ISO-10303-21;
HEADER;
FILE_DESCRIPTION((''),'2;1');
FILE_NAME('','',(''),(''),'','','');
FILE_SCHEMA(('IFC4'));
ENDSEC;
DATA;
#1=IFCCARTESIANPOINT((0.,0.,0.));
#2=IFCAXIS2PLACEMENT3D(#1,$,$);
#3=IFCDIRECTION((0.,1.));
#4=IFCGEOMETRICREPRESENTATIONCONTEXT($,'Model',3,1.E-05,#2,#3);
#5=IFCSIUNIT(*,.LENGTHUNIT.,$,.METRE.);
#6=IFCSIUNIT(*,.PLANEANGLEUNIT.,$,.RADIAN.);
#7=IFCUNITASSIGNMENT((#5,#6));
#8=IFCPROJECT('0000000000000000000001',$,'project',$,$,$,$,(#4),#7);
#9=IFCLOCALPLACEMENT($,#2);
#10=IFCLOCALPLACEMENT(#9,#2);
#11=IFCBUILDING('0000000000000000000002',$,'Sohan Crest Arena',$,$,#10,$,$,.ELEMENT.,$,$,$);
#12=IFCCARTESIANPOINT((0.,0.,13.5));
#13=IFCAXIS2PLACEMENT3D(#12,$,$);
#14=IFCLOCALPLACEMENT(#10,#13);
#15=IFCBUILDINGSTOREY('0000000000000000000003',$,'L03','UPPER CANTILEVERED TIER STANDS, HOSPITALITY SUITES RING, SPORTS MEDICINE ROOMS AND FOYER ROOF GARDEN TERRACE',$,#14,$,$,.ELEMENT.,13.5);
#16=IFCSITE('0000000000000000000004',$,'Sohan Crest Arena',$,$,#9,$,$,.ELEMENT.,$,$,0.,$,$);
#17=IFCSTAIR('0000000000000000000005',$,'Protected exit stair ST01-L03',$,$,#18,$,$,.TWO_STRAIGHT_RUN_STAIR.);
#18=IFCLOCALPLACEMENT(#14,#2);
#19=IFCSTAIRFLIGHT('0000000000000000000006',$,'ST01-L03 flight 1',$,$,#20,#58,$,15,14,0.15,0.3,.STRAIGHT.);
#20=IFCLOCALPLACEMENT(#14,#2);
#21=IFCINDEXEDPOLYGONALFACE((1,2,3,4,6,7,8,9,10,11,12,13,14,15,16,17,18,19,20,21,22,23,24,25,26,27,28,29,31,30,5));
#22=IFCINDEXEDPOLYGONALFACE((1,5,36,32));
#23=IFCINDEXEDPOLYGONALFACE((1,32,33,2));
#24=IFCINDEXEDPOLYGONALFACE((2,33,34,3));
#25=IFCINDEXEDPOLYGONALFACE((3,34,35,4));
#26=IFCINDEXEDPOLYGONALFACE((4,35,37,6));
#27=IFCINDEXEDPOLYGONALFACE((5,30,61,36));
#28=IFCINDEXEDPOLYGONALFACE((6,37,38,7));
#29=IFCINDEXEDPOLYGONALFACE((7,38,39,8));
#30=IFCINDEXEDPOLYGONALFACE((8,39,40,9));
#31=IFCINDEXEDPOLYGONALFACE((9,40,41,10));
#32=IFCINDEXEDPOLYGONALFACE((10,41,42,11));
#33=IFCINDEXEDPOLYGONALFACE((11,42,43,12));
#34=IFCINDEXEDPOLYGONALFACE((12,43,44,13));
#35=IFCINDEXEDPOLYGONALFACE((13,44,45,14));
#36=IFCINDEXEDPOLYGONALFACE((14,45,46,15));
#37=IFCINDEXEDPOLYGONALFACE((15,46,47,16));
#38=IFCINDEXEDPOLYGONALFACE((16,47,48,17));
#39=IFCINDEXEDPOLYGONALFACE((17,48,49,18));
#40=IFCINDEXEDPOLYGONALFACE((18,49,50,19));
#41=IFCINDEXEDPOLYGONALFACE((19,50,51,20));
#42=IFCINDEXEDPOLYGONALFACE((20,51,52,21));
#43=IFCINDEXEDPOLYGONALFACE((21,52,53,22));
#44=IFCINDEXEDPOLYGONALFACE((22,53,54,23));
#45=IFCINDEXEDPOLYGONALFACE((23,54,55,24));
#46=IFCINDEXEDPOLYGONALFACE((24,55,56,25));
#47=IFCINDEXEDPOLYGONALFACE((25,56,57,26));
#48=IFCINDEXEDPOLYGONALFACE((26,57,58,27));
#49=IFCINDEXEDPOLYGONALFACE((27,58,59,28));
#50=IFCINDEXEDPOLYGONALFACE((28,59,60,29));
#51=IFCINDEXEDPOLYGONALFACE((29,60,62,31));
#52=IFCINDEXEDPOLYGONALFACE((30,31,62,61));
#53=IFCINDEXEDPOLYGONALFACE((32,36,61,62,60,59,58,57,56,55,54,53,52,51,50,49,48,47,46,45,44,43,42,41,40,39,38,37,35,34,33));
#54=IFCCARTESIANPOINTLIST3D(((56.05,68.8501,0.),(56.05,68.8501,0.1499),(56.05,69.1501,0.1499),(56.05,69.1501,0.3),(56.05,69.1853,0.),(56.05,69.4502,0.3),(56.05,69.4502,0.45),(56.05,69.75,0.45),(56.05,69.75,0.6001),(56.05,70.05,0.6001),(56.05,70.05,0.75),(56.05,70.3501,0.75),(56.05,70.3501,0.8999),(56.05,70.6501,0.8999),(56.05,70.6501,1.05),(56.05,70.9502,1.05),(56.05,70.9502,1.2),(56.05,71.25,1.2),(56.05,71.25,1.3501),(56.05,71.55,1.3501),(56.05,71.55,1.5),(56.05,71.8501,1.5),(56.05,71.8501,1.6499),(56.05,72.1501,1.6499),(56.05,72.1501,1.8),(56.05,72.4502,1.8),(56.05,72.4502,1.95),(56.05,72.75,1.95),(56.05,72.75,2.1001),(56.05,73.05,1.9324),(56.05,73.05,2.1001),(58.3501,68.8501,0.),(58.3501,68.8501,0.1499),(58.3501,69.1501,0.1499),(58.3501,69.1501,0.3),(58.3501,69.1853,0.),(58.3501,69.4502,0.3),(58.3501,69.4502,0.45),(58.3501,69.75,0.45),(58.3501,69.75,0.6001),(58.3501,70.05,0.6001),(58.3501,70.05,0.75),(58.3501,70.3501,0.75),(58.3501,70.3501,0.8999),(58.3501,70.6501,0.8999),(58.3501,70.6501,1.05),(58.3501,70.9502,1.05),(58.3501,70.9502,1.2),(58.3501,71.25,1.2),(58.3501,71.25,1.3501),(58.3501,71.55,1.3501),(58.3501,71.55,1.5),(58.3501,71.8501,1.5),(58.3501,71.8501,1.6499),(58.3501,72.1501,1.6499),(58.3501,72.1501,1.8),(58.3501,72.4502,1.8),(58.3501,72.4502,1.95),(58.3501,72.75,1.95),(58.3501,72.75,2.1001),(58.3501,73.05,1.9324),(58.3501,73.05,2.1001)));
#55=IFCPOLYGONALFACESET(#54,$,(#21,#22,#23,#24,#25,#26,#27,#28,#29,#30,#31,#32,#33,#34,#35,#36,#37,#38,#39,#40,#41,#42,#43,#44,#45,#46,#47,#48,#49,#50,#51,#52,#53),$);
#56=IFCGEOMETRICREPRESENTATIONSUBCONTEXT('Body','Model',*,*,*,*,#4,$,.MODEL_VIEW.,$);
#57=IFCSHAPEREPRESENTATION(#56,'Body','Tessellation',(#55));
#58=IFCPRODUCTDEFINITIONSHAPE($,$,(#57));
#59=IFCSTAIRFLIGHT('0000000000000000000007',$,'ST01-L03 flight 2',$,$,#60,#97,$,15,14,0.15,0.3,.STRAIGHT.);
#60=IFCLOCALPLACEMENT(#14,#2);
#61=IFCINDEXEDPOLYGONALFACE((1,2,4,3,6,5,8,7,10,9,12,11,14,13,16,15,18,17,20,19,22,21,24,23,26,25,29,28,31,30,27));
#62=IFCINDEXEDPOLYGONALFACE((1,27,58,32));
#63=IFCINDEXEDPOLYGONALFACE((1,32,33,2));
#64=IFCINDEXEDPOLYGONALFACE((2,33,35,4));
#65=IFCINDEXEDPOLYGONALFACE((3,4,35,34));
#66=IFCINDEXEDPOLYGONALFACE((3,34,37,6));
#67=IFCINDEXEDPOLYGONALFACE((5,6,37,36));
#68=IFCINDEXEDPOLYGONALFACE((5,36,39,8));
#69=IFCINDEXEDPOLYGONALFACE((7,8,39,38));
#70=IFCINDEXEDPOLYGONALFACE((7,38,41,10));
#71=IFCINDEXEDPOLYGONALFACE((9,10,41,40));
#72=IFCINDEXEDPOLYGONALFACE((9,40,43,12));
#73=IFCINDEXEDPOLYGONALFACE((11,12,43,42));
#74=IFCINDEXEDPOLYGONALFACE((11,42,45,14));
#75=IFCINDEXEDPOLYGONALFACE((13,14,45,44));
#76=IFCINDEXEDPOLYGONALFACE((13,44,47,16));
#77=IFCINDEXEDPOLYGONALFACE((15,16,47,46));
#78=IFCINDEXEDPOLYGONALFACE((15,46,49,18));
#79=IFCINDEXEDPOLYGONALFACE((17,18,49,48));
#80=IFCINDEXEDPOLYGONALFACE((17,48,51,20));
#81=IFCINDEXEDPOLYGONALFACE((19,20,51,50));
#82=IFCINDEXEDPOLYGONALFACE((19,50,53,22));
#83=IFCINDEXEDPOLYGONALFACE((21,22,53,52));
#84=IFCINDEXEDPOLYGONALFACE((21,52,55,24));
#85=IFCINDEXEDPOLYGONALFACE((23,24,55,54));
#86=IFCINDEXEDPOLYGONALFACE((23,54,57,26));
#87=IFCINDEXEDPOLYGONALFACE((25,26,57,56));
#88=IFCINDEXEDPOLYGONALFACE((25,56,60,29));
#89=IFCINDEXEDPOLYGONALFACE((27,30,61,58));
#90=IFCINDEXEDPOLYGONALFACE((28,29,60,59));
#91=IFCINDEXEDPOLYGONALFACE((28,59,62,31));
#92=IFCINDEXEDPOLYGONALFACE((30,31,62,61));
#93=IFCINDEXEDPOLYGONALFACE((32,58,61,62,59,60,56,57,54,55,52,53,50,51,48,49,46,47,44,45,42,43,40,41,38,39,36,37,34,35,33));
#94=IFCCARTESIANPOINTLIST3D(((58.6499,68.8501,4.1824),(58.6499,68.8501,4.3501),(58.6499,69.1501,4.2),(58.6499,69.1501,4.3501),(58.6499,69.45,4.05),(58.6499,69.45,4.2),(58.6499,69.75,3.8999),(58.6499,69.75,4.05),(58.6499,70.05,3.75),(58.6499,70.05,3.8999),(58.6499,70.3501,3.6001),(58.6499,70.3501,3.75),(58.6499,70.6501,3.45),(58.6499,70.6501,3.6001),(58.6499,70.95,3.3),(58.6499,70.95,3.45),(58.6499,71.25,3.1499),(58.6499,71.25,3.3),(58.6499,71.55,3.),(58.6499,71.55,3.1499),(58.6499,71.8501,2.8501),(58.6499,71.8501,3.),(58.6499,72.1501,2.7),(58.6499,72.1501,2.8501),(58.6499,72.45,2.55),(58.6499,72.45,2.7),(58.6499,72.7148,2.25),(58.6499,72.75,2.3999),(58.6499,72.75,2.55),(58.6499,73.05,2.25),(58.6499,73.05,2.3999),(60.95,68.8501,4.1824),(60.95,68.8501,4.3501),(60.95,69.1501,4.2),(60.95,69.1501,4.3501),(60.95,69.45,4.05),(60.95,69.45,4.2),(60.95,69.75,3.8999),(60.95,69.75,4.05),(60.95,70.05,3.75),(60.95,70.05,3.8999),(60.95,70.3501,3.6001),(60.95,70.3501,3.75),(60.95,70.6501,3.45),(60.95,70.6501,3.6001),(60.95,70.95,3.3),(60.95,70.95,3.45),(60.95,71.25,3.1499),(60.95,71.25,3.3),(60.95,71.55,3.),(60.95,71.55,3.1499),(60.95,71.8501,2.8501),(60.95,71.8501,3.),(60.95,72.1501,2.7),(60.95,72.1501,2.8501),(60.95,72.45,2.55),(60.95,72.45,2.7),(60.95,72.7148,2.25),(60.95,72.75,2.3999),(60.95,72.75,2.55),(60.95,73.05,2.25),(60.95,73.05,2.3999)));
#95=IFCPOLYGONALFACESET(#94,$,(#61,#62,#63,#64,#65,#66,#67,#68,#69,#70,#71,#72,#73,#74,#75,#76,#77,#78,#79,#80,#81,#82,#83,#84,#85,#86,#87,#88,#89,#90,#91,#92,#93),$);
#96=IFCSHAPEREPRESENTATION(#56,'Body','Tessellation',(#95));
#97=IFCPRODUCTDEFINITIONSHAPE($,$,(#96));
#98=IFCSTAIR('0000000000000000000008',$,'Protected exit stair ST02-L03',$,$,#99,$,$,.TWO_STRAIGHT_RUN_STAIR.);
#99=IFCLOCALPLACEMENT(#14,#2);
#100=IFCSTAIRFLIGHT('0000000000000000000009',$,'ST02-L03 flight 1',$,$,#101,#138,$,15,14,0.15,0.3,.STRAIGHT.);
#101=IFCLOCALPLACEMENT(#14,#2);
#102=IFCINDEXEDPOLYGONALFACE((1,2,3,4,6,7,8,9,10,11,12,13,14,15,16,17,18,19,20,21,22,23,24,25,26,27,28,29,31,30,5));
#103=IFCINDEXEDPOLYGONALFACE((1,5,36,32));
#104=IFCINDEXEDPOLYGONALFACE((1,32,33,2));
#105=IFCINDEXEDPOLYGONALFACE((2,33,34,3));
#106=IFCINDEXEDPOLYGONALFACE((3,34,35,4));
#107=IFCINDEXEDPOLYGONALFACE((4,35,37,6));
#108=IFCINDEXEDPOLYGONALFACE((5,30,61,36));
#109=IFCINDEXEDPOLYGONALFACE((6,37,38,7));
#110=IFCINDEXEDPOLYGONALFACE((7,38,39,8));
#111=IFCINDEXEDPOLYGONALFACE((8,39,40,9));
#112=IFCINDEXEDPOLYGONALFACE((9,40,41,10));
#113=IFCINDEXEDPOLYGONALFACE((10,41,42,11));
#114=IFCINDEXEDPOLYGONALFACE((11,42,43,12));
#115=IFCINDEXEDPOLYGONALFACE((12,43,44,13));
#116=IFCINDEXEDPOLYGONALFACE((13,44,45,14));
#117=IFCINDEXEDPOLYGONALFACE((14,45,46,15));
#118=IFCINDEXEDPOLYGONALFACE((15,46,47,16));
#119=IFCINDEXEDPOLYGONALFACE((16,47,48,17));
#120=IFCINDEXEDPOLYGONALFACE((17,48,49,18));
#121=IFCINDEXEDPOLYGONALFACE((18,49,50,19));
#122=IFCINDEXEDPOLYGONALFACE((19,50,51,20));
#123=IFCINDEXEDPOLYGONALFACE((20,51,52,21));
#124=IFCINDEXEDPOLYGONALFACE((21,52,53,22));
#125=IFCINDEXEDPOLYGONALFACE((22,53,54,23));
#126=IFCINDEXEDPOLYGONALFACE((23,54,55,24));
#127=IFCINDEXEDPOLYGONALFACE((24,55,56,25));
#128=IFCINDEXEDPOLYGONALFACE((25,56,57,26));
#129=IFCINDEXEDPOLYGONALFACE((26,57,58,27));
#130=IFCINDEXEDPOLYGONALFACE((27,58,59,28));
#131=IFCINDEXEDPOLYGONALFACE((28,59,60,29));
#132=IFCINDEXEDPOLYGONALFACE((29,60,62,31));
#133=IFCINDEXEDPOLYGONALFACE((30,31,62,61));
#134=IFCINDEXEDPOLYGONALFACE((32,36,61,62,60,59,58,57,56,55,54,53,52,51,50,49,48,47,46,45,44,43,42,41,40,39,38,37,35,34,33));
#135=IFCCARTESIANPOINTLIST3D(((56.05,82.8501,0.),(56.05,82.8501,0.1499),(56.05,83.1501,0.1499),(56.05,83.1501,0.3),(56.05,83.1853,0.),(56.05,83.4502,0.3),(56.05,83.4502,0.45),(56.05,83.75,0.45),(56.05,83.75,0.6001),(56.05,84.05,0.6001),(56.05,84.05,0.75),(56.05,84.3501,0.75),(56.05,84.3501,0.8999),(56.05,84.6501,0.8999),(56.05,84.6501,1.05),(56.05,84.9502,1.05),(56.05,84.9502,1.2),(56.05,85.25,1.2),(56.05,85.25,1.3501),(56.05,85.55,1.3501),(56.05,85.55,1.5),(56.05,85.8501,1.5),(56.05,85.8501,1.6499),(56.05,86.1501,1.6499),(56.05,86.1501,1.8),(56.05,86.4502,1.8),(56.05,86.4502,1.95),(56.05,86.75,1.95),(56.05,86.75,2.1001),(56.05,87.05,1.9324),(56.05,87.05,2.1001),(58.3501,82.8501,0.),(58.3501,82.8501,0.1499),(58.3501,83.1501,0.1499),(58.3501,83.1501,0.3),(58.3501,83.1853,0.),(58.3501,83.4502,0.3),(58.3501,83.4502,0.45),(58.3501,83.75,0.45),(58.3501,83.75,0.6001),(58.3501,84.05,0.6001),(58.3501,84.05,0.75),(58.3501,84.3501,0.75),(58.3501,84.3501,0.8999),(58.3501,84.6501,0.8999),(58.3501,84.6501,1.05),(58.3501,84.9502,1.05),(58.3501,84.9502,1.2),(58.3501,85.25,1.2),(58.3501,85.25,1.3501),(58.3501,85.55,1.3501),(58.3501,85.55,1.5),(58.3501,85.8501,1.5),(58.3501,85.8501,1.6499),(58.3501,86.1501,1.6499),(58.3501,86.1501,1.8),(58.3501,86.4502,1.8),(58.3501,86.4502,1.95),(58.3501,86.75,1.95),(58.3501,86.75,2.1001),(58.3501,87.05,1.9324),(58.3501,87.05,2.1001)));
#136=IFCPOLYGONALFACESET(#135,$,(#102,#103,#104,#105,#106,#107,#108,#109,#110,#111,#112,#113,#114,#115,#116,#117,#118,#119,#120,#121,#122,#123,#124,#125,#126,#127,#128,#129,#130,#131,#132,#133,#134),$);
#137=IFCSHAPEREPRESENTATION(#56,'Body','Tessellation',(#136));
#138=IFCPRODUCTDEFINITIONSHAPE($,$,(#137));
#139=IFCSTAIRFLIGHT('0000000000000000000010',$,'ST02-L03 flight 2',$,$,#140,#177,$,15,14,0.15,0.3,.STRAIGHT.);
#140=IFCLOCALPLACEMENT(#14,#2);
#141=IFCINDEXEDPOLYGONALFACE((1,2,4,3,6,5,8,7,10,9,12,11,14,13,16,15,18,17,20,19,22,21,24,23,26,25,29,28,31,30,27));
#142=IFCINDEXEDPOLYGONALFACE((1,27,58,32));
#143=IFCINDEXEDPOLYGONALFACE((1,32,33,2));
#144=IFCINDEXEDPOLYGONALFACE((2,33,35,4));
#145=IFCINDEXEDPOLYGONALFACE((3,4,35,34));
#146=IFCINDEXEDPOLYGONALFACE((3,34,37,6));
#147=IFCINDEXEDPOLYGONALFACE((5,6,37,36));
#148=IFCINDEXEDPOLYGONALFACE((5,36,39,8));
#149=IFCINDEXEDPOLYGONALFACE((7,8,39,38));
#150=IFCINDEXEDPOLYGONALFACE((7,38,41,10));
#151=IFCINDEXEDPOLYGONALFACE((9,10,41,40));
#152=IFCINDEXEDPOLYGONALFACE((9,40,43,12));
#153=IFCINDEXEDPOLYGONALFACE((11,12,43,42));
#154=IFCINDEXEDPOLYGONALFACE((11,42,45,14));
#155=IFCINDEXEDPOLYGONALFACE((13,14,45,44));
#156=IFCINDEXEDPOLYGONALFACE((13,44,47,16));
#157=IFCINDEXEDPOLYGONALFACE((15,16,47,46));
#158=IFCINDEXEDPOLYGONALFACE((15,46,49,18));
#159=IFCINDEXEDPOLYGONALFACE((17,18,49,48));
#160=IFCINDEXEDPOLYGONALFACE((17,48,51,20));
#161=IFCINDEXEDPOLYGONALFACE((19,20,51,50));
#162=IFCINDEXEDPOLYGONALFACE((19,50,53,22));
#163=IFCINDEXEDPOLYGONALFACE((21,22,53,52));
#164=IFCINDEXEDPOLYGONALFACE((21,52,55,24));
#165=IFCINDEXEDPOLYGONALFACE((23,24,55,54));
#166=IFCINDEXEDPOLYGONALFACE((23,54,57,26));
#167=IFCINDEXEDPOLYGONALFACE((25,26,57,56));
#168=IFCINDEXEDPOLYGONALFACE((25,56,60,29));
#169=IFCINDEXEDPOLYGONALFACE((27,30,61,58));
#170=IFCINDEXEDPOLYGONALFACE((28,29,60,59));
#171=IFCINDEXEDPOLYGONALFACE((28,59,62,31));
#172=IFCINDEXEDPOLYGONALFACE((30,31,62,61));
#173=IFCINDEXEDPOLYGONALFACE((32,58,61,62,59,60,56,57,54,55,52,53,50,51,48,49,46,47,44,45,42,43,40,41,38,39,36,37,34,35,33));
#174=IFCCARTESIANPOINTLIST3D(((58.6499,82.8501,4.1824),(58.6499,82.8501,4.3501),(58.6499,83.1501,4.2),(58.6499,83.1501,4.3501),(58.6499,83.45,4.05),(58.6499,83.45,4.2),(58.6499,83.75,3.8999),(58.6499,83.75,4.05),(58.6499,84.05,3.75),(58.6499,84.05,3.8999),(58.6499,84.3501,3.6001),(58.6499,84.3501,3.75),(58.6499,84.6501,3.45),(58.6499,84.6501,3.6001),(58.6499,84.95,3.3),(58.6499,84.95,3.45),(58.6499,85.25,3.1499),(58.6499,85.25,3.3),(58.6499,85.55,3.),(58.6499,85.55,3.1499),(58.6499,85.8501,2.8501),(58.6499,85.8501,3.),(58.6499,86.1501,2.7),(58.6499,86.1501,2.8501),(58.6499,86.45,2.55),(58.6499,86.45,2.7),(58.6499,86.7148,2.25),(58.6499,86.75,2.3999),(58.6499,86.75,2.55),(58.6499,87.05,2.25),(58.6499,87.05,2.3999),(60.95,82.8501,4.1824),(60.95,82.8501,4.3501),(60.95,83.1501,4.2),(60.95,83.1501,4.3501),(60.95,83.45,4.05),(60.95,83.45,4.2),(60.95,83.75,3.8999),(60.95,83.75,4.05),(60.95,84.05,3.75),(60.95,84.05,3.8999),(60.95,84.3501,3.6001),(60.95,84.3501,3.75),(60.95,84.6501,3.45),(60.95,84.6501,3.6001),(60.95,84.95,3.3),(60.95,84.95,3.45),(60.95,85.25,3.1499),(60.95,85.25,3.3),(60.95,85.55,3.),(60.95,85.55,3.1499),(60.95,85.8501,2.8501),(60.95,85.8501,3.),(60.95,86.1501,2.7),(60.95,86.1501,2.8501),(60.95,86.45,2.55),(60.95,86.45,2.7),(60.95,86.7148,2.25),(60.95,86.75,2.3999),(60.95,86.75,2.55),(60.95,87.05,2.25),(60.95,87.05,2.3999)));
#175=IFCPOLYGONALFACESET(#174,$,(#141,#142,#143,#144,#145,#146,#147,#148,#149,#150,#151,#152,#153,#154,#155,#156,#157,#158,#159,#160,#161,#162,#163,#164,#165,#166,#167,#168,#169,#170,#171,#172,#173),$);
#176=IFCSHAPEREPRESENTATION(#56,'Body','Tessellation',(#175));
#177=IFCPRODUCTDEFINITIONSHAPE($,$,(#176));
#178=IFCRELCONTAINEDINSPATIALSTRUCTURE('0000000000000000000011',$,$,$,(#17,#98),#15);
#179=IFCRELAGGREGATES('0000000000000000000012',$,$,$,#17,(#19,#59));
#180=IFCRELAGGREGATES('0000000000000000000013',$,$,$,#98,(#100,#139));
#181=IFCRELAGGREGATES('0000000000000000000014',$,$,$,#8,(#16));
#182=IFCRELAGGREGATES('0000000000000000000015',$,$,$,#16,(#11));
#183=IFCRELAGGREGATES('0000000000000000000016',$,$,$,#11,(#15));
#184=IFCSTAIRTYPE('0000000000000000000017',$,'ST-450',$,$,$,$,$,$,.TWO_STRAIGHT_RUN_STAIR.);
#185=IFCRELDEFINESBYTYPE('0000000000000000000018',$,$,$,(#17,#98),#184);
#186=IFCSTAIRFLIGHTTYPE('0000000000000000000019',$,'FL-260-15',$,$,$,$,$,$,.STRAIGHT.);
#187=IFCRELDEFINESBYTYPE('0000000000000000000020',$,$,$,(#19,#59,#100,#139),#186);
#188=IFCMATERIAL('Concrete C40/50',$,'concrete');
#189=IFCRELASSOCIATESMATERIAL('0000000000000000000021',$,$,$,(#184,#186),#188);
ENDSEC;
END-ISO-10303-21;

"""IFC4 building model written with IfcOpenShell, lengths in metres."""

from ifc_helpers import new_model, si_unit, direction, frame, origin, place, context, subcontext, project, spatial, polyline, outline, extrude, material, type_object, element, aggregate, save


model = new_model("IFC4")

# Units and contexts
model_context = context("Model", 3, precision=1e-05, world=origin(), true_north=direction((0.0, 1.0)))
body_context = subcontext(model_context, "Body", "Model", "MODEL_VIEW")
ifc_project = project(units=[si_unit("LENGTHUNIT", "METRE"), si_unit("PLANEANGLEUNIT", "RADIAN")], contexts=[model_context])

# Site, building, storey
site_placement = place(None, origin())
site = spatial("IfcSite", under=ifc_project, at=site_placement, Name="Sohan Crest Arena", CompositionType="ELEMENT", RefElevation=0.0)
building_placement = place(site_placement, origin())
building = spatial("IfcBuilding", under=site, at=building_placement, Name="Sohan Crest Arena", CompositionType="ELEMENT")
storey_placement = place(building_placement, frame((0.0, 0.0, 13.5)))
storey = spatial("IfcBuildingStorey", under=building, at=storey_placement, Name="L03", Description="UPPER CANTILEVERED TIER STANDS, HOSPITALITY SUITES RING, SPORTS MEDICINE ROOMS AND FOYER ROOF GARDEN TERRACE", CompositionType="ELEMENT", Elevation=13.5)

# Shared definitions
ifc_material_1 = material(Name="Concrete C40/50", Category="concrete")

# Stairs, stair flights
stair_type = type_object("IfcStairType", Name="ST-450", PredefinedType="TWO_STRAIGHT_RUN_STAIR", material=ifc_material_1)
stair_1_placement = place(storey_placement, origin())
stair_1 = element("IfcStair", 1, at=stair_1_placement, inside=storey, type_object=stair_type, Name="Protected exit stair ST01-L03", PredefinedType="TWO_STRAIGHT_RUN_STAIR")
stair_flight_type = type_object("IfcStairFlightType", Name="FL-260-15", PredefinedType="STRAIGHT", material=ifc_material_1)
stair_flight_1_placement = place(storey_placement, frame((57.2, 68.8501, 0.0), z_axis=(0.0, 0.0, 1.0), x_axis=(0.0, 1.0, 0.0)))
stair_flight_1 = element("IfcStairFlight", 2, at=stair_flight_1_placement, type_object=stair_flight_type, Name="ST01-L03 flight 1", NumberOfRisers=15, NumberOfTreads=14, PredefinedType="STRAIGHT", RiserHeight=0.15, TreadLength=0.3, context=body_context, shape_type="SweptSolid", body=[
    extrude(outline(polyline([(0.0, 0.0), (0.0, 0.1499), (0.3, 0.1499), (0.3, 0.3), (0.6001, 0.3), (0.6001, 0.45), (0.8999, 0.45), (0.8999, 0.6001), (1.2, 0.6001), (1.2, 0.75), (1.5, 0.75), (1.5, 0.8999), (1.8, 0.8999), (1.8, 1.05), (2.1001, 1.05), (2.1001, 1.2), (2.3999, 1.2), (2.3999, 1.3501), (2.7, 1.3501), (2.7, 1.5), (3.0, 1.5), (3.0, 1.6499), (3.3, 1.6499), (3.3, 1.8), (3.6001, 1.8), (3.6001, 1.95), (3.8999, 1.95), (3.8999, 2.1001), (4.2, 2.1001), (4.2, 2.25), (4.2, 1.9324), (0.3352, 0.0), (0.0, 0.0)])), frame((0.0, 1.1499, 0.0), z_axis=(0.0, -1.0, 0.0), x_axis=(1.0, 0.0, 0.0)), (0.0, 0.0, 1.0), 2.3),
])
stair_flight_2_placement = place(storey_placement, frame((59.8, 73.05, 2.25), z_axis=(0.0, 0.0, 1.0), x_axis=(0.0, -1.0, 0.0)))
stair_flight_2 = element("IfcStairFlight", 3, at=stair_flight_2_placement, type_object=stair_flight_type, Name="ST01-L03 flight 2", NumberOfRisers=15, NumberOfTreads=14, PredefinedType="STRAIGHT", RiserHeight=0.15, TreadLength=0.3, context=body_context, shape_type="SweptSolid", body=[
    extrude(outline(polyline([(0.0, 0.0), (0.0, 0.1499), (0.3, 0.1499), (0.3, 0.3), (0.6001, 0.3), (0.6001, 0.45), (0.8999, 0.45), (0.8999, 0.6001), (1.2, 0.6001), (1.2, 0.75), (1.5, 0.75), (1.5, 0.8999), (1.8, 0.8999), (1.8, 1.05), (2.1001, 1.05), (2.1001, 1.2), (2.3999, 1.2), (2.3999, 1.3501), (2.7, 1.3501), (2.7, 1.5), (3.0, 1.5), (3.0, 1.6499), (3.3, 1.6499), (3.3, 1.8), (3.6001, 1.8), (3.6001, 1.95), (3.8999, 1.95), (3.8999, 2.1001), (4.2, 2.1001), (4.2, 2.25), (4.2, 1.9324), (0.3352, 0.0), (0.0, 0.0)])), frame((0.0, 1.1499, 0.0), z_axis=(0.0, -1.0, 0.0), x_axis=(1.0, 0.0, 0.0)), (0.0, 0.0, 1.0), 2.3),
])
aggregate(stair_1, [stair_flight_1, stair_flight_2])
stair_2_placement = place(storey_placement, origin())
stair_2 = element("IfcStair", 4, at=stair_2_placement, inside=storey, type_object=stair_type, Name="Protected exit stair ST02-L03", PredefinedType="TWO_STRAIGHT_RUN_STAIR")
stair_flight_3_placement = place(storey_placement, frame((57.2, 82.8501, 0.0), z_axis=(0.0, 0.0, 1.0), x_axis=(0.0, 1.0, 0.0)))
stair_flight_3 = element("IfcStairFlight", 5, at=stair_flight_3_placement, type_object=stair_flight_type, Name="ST02-L03 flight 1", NumberOfRisers=15, NumberOfTreads=14, PredefinedType="STRAIGHT", RiserHeight=0.15, TreadLength=0.3, context=body_context, shape_type="SweptSolid", body=[
    extrude(outline(polyline([(0.0, 0.0), (0.0, 0.1499), (0.3, 0.1499), (0.3, 0.3), (0.6001, 0.3), (0.6001, 0.45), (0.8999, 0.45), (0.8999, 0.6001), (1.2, 0.6001), (1.2, 0.75), (1.5, 0.75), (1.5, 0.8999), (1.8, 0.8999), (1.8, 1.05), (2.1001, 1.05), (2.1001, 1.2), (2.3999, 1.2), (2.3999, 1.3501), (2.7, 1.3501), (2.7, 1.5), (3.0, 1.5), (3.0, 1.6499), (3.3, 1.6499), (3.3, 1.8), (3.6001, 1.8), (3.6001, 1.95), (3.8999, 1.95), (3.8999, 2.1001), (4.2, 2.1001), (4.2, 2.25), (4.2, 1.9324), (0.3352, 0.0), (0.0, 0.0)])), frame((0.0, 1.1499, 0.0), z_axis=(0.0, -1.0, 0.0), x_axis=(1.0, 0.0, 0.0)), (0.0, 0.0, 1.0), 2.3),
])
stair_flight_4_placement = place(storey_placement, frame((59.8, 87.05, 2.25), z_axis=(0.0, 0.0, 1.0), x_axis=(0.0, -1.0, 0.0)))
stair_flight_4 = element("IfcStairFlight", 6, at=stair_flight_4_placement, type_object=stair_flight_type, Name="ST02-L03 flight 2", NumberOfRisers=15, NumberOfTreads=14, PredefinedType="STRAIGHT", RiserHeight=0.15, TreadLength=0.3, context=body_context, shape_type="SweptSolid", body=[
    extrude(outline(polyline([(0.0, 0.0), (0.0, 0.1499), (0.3, 0.1499), (0.3, 0.3), (0.6001, 0.3), (0.6001, 0.45), (0.8999, 0.45), (0.8999, 0.6001), (1.2, 0.6001), (1.2, 0.75), (1.5, 0.75), (1.5, 0.8999), (1.8, 0.8999), (1.8, 1.05), (2.1001, 1.05), (2.1001, 1.2), (2.3999, 1.2), (2.3999, 1.3501), (2.7, 1.3501), (2.7, 1.5), (3.0, 1.5), (3.0, 1.6499), (3.3, 1.6499), (3.3, 1.8), (3.6001, 1.8), (3.6001, 1.95), (3.8999, 1.95), (3.8999, 2.1001), (4.2, 2.1001), (4.2, 2.25), (4.2, 1.9324), (0.3352, 0.0), (0.0, 0.0)])), frame((0.0, 1.1499, 0.0), z_axis=(0.0, -1.0, 0.0), x_axis=(1.0, 0.0, 0.0)), (0.0, 0.0, 1.0), 2.3),
])
aggregate(stair_2, [stair_flight_3, stair_flight_4])

save(model, "model.ifc")
